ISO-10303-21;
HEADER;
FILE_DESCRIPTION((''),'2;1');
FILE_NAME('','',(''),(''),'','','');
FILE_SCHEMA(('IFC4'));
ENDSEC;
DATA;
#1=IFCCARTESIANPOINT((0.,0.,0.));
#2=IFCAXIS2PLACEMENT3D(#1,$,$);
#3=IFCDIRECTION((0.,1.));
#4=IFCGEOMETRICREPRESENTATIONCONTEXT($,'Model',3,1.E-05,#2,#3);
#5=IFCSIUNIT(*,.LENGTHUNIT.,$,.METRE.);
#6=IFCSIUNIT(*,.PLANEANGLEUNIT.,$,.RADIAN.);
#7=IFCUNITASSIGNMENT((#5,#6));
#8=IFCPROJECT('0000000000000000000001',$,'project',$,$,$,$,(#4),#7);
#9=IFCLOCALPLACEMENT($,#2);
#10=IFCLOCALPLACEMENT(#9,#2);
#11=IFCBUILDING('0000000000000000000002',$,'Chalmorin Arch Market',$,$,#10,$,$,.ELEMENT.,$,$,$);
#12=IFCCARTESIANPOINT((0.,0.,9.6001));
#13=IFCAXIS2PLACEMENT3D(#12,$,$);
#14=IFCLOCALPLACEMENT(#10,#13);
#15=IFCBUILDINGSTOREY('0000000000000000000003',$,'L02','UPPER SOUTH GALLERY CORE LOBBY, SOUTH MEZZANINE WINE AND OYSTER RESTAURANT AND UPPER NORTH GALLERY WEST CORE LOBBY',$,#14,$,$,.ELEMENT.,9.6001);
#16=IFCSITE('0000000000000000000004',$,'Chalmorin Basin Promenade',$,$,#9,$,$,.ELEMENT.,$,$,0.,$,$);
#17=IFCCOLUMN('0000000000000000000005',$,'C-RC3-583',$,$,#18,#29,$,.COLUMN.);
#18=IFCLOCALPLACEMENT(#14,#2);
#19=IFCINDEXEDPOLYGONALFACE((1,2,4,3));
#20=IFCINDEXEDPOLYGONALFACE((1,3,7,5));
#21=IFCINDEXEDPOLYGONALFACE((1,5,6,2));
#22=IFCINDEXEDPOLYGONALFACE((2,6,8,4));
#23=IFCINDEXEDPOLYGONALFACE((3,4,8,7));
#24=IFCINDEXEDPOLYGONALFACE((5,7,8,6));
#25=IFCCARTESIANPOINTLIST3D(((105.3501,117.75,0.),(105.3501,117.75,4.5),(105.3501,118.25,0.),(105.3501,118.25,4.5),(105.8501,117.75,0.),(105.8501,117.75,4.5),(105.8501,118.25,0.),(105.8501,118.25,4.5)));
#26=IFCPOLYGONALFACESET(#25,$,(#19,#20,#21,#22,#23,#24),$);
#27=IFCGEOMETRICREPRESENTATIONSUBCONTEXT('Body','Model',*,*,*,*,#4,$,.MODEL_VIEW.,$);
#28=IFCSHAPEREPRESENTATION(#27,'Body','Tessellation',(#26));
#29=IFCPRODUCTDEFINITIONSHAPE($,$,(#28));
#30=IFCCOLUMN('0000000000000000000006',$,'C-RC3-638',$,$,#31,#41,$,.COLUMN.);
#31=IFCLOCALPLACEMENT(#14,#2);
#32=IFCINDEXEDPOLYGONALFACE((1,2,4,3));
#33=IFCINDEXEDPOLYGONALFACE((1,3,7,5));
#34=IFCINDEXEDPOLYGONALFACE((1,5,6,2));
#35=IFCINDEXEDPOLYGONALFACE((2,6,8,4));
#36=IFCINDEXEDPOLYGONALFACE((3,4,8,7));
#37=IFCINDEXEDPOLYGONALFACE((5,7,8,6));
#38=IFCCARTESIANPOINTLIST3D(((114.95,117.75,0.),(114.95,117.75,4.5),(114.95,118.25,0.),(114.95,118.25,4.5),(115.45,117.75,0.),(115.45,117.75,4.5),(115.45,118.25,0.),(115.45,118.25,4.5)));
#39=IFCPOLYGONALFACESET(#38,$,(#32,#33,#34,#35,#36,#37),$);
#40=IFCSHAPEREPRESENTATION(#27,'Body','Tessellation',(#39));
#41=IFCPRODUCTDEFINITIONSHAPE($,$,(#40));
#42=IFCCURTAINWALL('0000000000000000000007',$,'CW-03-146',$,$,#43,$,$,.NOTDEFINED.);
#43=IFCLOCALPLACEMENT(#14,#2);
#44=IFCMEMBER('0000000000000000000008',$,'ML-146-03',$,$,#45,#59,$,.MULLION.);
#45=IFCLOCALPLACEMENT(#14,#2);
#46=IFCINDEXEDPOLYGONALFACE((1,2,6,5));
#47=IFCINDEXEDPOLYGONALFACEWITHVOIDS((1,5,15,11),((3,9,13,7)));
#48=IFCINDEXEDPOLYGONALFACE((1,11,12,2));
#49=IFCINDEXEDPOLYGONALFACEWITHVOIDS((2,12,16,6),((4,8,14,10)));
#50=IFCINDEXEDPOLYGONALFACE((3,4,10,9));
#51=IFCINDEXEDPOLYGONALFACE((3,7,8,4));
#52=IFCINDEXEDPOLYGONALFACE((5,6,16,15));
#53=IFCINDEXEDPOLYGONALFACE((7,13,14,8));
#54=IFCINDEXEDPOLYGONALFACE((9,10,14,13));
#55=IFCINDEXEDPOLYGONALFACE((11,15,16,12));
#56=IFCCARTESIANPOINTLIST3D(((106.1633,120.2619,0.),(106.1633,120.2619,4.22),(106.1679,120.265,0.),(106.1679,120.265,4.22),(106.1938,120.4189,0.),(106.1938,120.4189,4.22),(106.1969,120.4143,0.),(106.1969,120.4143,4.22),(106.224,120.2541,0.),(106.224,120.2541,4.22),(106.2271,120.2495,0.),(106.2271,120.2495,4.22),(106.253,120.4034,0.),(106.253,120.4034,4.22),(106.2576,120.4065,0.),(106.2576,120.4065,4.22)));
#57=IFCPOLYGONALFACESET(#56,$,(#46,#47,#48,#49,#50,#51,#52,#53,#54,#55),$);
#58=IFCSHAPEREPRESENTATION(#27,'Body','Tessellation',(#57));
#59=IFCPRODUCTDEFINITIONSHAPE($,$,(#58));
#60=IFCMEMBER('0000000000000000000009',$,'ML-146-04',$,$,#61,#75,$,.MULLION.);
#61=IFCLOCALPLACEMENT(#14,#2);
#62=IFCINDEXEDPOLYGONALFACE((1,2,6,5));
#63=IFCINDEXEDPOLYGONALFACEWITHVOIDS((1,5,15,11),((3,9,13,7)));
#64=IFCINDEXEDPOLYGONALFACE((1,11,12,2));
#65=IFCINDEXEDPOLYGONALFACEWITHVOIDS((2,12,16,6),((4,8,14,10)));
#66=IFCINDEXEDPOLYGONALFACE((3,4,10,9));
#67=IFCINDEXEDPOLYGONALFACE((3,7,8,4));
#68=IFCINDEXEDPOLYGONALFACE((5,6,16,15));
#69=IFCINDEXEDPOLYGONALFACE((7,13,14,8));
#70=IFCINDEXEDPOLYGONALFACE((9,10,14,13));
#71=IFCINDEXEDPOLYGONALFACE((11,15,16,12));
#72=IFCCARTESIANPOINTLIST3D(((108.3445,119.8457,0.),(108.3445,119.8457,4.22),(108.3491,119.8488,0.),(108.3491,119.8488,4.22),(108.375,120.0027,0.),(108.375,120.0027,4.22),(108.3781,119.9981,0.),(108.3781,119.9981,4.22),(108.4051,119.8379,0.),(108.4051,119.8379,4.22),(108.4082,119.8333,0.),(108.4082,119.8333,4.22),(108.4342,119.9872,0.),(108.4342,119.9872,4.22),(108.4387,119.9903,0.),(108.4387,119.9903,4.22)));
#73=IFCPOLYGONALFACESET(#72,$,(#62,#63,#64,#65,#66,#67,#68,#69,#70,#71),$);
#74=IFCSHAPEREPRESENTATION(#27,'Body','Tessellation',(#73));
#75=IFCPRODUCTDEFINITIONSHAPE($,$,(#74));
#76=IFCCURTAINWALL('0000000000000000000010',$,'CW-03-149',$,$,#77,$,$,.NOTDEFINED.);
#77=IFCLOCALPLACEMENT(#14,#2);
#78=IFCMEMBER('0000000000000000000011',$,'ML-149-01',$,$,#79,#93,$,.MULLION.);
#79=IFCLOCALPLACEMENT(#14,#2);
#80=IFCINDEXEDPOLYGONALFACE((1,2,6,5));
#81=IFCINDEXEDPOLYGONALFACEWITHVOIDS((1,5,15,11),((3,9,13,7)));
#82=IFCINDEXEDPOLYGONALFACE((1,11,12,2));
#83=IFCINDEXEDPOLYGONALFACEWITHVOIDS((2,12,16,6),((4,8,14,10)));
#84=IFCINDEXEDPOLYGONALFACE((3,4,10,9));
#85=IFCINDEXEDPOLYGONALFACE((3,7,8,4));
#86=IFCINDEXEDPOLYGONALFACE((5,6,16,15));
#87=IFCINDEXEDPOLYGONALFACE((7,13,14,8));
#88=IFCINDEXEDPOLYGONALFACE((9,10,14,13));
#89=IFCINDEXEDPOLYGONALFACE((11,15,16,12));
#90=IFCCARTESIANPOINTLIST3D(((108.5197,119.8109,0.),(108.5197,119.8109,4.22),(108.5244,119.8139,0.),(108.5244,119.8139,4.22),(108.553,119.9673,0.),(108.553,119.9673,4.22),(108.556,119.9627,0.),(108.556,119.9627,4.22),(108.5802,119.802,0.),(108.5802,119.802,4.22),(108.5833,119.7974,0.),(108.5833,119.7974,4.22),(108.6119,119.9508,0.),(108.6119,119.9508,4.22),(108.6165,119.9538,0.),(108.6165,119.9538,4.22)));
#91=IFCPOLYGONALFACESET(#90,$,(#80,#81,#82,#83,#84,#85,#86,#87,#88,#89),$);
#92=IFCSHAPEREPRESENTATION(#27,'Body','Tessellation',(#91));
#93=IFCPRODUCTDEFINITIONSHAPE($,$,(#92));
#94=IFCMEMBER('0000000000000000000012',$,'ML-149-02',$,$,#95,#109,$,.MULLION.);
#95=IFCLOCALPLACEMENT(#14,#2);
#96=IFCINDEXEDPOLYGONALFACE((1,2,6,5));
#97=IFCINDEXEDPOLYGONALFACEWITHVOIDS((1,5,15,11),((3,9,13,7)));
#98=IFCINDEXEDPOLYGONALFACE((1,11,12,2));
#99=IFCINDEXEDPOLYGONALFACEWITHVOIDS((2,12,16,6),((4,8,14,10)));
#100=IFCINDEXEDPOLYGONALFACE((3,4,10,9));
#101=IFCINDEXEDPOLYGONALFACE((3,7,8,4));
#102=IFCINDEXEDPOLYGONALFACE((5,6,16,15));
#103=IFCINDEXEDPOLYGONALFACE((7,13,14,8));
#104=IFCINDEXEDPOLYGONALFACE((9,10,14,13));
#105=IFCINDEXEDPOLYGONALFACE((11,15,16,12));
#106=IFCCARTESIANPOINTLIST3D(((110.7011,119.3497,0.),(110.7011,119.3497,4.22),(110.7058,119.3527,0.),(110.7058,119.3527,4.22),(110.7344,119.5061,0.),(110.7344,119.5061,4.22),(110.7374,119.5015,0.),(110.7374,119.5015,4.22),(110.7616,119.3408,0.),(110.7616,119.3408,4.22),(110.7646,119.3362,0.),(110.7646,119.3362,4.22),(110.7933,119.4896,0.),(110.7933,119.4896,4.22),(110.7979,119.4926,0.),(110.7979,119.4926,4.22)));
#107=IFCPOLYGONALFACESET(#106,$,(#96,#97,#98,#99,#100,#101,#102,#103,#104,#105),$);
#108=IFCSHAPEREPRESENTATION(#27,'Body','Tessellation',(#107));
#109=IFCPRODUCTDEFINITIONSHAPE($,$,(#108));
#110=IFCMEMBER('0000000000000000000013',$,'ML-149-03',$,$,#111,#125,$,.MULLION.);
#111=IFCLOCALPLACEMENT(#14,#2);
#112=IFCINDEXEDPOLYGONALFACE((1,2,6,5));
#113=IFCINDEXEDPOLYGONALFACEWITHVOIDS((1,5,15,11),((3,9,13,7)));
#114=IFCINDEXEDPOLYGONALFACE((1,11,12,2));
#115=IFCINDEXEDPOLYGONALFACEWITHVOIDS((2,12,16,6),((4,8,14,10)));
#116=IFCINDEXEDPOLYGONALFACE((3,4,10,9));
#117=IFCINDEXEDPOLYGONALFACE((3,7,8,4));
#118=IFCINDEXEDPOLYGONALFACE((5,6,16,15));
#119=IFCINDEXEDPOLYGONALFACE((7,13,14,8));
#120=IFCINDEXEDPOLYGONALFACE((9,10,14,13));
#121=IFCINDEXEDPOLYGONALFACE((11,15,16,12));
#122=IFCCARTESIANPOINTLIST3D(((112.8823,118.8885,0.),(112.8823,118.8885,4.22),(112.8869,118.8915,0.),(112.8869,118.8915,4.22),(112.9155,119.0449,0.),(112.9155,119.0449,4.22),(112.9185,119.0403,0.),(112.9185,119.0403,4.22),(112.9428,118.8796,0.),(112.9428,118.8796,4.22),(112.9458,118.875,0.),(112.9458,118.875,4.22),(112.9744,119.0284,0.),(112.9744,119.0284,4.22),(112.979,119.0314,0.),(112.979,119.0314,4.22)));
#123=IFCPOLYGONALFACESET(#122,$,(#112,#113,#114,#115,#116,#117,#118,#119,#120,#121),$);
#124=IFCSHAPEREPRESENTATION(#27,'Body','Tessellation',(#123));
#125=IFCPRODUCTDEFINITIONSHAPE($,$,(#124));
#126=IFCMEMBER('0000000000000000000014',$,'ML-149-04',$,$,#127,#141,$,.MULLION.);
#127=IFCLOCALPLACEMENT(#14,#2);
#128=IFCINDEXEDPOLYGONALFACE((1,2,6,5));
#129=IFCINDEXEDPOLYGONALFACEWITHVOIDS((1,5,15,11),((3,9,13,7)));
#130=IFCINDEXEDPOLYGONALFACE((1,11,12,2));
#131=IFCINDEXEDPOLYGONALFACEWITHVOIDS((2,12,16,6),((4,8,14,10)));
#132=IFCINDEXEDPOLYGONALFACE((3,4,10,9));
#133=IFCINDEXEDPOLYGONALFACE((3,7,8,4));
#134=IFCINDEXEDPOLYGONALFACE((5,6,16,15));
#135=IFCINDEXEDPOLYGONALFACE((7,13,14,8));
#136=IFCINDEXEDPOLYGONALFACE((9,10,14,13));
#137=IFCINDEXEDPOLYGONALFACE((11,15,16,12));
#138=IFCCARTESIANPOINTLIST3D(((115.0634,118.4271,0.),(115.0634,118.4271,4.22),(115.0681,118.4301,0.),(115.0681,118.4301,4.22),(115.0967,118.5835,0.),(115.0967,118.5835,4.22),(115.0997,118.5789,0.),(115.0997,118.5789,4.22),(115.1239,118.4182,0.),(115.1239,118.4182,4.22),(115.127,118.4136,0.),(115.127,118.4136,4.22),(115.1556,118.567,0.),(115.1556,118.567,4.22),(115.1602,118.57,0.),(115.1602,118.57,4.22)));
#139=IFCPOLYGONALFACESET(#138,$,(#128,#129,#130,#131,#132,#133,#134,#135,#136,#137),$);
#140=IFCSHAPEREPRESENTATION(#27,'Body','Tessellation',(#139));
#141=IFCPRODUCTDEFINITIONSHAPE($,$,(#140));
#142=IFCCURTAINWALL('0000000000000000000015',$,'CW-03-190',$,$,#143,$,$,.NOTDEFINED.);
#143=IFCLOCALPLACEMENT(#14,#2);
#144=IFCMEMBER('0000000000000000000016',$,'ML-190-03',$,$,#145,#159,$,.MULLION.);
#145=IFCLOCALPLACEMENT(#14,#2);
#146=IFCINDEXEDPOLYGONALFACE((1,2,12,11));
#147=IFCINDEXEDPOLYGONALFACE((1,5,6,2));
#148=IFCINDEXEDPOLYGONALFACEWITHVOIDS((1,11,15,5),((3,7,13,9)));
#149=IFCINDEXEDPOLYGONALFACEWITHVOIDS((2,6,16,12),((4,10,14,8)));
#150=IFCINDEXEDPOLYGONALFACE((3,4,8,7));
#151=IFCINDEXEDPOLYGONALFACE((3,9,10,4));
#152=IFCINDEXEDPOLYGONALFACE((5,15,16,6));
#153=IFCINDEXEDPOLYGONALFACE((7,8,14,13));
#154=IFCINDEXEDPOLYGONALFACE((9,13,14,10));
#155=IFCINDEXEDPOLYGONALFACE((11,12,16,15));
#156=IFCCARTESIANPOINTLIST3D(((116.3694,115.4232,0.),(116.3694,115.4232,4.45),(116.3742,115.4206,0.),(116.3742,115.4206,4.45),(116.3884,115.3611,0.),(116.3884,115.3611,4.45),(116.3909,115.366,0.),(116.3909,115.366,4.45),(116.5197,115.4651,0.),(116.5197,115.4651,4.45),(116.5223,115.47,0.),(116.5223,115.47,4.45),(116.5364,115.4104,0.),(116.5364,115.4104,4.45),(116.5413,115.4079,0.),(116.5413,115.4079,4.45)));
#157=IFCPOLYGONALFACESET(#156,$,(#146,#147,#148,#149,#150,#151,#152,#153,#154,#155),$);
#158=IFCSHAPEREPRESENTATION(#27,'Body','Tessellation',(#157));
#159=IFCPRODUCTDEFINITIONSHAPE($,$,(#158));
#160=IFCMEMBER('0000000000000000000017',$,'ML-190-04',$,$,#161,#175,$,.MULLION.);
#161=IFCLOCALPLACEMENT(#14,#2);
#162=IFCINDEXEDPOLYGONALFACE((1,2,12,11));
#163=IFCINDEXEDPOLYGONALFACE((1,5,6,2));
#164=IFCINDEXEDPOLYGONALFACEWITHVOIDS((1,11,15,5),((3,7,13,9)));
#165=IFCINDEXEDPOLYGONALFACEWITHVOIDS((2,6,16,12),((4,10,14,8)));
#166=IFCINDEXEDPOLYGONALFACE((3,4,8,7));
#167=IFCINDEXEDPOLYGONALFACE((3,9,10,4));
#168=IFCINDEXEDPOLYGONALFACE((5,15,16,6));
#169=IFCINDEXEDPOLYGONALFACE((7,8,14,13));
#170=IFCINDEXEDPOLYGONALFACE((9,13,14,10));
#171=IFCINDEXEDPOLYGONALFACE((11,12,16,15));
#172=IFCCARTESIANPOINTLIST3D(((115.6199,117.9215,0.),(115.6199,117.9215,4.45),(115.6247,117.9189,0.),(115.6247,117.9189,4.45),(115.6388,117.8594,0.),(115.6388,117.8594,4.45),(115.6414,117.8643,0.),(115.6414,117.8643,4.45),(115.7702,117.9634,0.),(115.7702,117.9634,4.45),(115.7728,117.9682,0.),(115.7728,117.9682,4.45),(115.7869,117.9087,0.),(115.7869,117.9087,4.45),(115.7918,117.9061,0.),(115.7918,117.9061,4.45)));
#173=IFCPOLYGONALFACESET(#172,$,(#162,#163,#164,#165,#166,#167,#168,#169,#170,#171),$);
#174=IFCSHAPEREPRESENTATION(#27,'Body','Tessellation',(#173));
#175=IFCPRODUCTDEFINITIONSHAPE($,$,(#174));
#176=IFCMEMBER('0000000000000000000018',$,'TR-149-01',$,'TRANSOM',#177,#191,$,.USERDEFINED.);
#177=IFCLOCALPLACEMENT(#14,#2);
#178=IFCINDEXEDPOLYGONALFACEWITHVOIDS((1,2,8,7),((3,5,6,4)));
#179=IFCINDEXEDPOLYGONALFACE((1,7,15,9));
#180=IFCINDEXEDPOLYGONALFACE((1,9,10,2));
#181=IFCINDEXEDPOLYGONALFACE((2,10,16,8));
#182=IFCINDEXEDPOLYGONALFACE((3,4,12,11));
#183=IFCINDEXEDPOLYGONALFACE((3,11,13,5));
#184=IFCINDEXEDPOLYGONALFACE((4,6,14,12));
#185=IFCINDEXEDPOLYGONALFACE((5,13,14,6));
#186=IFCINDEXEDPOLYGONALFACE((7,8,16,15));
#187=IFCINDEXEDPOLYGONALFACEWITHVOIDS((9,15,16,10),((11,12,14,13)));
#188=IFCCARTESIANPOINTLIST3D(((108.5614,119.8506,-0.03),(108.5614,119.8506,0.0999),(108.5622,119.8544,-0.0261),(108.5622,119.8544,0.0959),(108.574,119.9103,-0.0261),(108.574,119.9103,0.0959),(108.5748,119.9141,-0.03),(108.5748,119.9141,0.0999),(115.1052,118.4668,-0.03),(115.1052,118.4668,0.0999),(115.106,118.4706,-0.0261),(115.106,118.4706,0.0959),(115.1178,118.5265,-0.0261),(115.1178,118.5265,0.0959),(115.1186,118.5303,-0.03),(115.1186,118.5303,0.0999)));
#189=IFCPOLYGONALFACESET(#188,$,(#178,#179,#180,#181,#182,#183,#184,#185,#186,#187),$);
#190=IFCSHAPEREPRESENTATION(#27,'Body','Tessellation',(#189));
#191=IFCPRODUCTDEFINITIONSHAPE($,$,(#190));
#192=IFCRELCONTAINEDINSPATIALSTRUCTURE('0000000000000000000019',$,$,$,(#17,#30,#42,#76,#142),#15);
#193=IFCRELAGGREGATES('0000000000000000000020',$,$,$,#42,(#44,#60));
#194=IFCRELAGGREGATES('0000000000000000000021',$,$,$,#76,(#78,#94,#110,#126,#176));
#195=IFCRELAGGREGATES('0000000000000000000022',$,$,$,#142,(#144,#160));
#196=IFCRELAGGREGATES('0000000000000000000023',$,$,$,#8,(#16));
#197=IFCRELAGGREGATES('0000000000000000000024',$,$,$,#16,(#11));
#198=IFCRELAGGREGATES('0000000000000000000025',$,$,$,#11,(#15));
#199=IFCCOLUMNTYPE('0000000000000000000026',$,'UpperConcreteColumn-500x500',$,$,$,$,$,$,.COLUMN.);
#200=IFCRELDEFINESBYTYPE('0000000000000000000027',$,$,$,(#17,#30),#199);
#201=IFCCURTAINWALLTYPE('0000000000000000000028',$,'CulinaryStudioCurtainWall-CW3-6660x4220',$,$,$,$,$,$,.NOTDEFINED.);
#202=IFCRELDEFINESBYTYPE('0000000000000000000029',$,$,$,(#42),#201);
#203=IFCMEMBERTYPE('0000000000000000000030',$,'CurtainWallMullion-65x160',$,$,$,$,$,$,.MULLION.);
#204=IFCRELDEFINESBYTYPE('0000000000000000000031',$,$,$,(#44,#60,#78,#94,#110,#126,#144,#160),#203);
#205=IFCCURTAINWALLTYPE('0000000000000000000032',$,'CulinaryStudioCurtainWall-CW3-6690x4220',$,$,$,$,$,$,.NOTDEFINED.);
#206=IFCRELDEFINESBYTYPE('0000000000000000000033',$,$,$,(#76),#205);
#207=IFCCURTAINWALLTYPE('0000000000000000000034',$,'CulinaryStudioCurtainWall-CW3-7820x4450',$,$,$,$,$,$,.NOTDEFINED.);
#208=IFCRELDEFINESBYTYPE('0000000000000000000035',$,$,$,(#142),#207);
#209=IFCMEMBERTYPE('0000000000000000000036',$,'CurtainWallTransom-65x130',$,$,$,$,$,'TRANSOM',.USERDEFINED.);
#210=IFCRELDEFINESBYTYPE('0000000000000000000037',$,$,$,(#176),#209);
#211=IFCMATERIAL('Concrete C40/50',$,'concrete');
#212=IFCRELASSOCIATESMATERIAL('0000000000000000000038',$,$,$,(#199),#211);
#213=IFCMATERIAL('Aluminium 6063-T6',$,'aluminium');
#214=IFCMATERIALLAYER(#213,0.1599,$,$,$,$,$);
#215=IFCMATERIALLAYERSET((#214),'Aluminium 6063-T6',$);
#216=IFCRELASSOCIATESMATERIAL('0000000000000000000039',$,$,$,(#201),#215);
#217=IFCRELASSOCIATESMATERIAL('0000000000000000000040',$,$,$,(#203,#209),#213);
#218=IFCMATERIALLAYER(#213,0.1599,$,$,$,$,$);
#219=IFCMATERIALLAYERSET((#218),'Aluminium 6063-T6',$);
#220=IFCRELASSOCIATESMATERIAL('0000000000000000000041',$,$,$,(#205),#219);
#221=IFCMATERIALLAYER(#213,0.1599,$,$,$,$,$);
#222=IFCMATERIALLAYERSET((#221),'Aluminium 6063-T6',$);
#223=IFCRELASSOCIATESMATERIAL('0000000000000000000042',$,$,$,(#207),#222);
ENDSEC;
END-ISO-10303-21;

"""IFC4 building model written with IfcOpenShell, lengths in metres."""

from ifc_helpers import new_model, si_unit, direction, frame, origin, origin_2d, place, context, subcontext, project, spatial, rectangle, hollow_rectangle, extrude, material, layer, layer_set, material_profile, profile_set, type_object, element, aggregate, save


model = new_model("IFC4")

# Units and contexts
model_context = context("Model", 3, precision=1e-05, world=origin(), true_north=direction((0.0, 1.0)))
body_context = subcontext(model_context, "Body", "Model", "MODEL_VIEW")
ifc_project = project(units=[si_unit("LENGTHUNIT", "METRE"), si_unit("PLANEANGLEUNIT", "RADIAN")], contexts=[model_context])

# Site, building, storey
site_placement = place(None, origin())
site = spatial("IfcSite", under=ifc_project, at=site_placement, Name="Chalmorin Basin Promenade", CompositionType="ELEMENT", RefElevation=0.0)
building_placement = place(site_placement, origin())
building = spatial("IfcBuilding", under=site, at=building_placement, Name="Chalmorin Arch Market", CompositionType="ELEMENT")
storey_placement = place(building_placement, frame((0.0, 0.0, 9.6001)))
storey = spatial("IfcBuildingStorey", under=building, at=storey_placement, Name="L02", Description="UPPER SOUTH GALLERY CORE LOBBY, SOUTH MEZZANINE WINE AND OYSTER RESTAURANT AND UPPER NORTH GALLERY WEST CORE LOBBY", CompositionType="ELEMENT", Elevation=9.6001)

# Columns
ifc_material_1 = material(Name="Concrete C40/50", Category="concrete")
ifc_material_profile_1 = material_profile(ifc_material_1, rectangle(XDim=0.5, YDim=0.5, at=origin_2d()), Name="RC500X500")
ifc_profile_set_1 = profile_set([ifc_material_profile_1], Name="Concrete C40/50")
column_type = type_object("IfcColumnType", Name="UpperConcreteColumn-500x500", PredefinedType="COLUMN", material=ifc_profile_set_1)
for number, where, z_axis, x_axis, name in (
    (1, (105.6001, 118.0, 0.0), (0.0, 0.0, 1.0), (1.0, 0.0, 0.0), "C-RC3-583"),
    (2, (115.2, 118.0, 0.0), (0.0, 0.0, 1.0), (1.0, 0.0, 0.0), "C-RC3-638"),
):
    element("IfcColumn", number, at=place(storey_placement, frame(where, z_axis=z_axis, x_axis=x_axis)), inside=storey, type_object=column_type, Name=name, PredefinedType="COLUMN", context=body_context, shape_type="SweptSolid", body=[
        extrude(rectangle(XDim=0.5, YDim=0.5, at=origin_2d()), origin(), (0.0, 0.0, 1.0), 4.5),
    ])

# Curtain walls, members
ifc_material_2 = material(Name="Aluminium 6063-T6", Category="aluminium")
ifc_layer_1 = layer(ifc_material_2, 0.1599)
ifc_layer_set_1 = layer_set([ifc_layer_1], Name="Aluminium 6063-T6")
curtain_wall_type_1 = type_object("IfcCurtainWallType", Name="CulinaryStudioCurtainWall-CW3-6660x4220", PredefinedType="NOTDEFINED", material=ifc_layer_set_1)
curtain_wall_1_placement = place(storey_placement, origin())
curtain_wall_1 = element("IfcCurtainWall", 3, at=curtain_wall_1_placement, inside=storey, type_object=curtain_wall_type_1, Name="CW-03-146", PredefinedType="NOTDEFINED")
ifc_material_profile_2 = material_profile(ifc_material_2, hollow_rectangle(XDim=0.0649, YDim=0.1599, WallThickness=0.0039, at=origin_2d()), Name="ALU65X160X4")
ifc_profile_set_2 = profile_set([ifc_material_profile_2], Name="Aluminium 6063-T6")
member_type_1 = type_object("IfcMemberType", Name="CurtainWallMullion-65x160", PredefinedType="MULLION", material=ifc_profile_set_2)
member_1_placement = place(storey_placement, frame((106.2104, 120.3342, 0.0), z_axis=(0.0, 0.0, 1.0), x_axis=(0.981627, -0.190809, 0.0)))
member_1 = element("IfcMember", 4, at=member_1_placement, type_object=member_type_1, Name="ML-146-03", PredefinedType="MULLION", context=body_context, shape_type="SweptSolid", body=[
    extrude(hollow_rectangle(XDim=0.0649, YDim=0.1599, WallThickness=0.0039, at=origin_2d()), origin(), (0.0, 0.0, 1.0), 4.22),
])
member_2_placement = place(storey_placement, frame((108.3916, 119.918, 0.0), z_axis=(0.0, 0.0, 1.0), x_axis=(0.981627, -0.190809, 0.0)))
member_2 = element("IfcMember", 5, at=member_2_placement, type_object=member_type_1, Name="ML-146-04", PredefinedType="MULLION", context=body_context, shape_type="SweptSolid", body=[
    extrude(hollow_rectangle(XDim=0.0649, YDim=0.1599, WallThickness=0.0039, at=origin_2d()), origin(), (0.0, 0.0, 1.0), 4.22),
])
ifc_layer_2 = layer(ifc_material_2, 0.1599)
ifc_layer_set_2 = layer_set([ifc_layer_2], Name="Aluminium 6063-T6")
curtain_wall_type_2 = type_object("IfcCurtainWallType", Name="CulinaryStudioCurtainWall-CW3-6690x4220", PredefinedType="NOTDEFINED", material=ifc_layer_set_2)
curtain_wall_2_placement = place(storey_placement, origin())
curtain_wall_2 = element("IfcCurtainWall", 6, at=curtain_wall_2_placement, inside=storey, type_object=curtain_wall_type_2, Name="CW-03-149", PredefinedType="NOTDEFINED")
member_3_placement = place(storey_placement, frame((108.5681, 119.8823, 0.0), z_axis=(0.0, 0.0, 1.0), x_axis=(0.978148, -0.207912, 0.0)))
member_3 = element("IfcMember", 7, at=member_3_placement, type_object=member_type_1, Name="ML-149-01", PredefinedType="MULLION", context=body_context, shape_type="SweptSolid", body=[
    extrude(hollow_rectangle(XDim=0.0649, YDim=0.1599, WallThickness=0.0039, at=origin_2d()), origin(), (0.0, 0.0, 1.0), 4.22),
])
member_4_placement = place(storey_placement, frame((110.7495, 119.4211, 0.0), z_axis=(0.0, 0.0, 1.0), x_axis=(0.978148, -0.207912, 0.0)))
member_4 = element("IfcMember", 8, at=member_4_placement, type_object=member_type_1, Name="ML-149-02", PredefinedType="MULLION", context=body_context, shape_type="SweptSolid", body=[
    extrude(hollow_rectangle(XDim=0.0649, YDim=0.1599, WallThickness=0.0039, at=origin_2d()), origin(), (0.0, 0.0, 1.0), 4.22),
])
member_5_placement = place(storey_placement, frame((112.9307, 118.96, 0.0), z_axis=(0.0, 0.0, 1.0), x_axis=(0.978148, -0.207912, 0.0)))
member_5 = element("IfcMember", 9, at=member_5_placement, type_object=member_type_1, Name="ML-149-03", PredefinedType="MULLION", context=body_context, shape_type="SweptSolid", body=[
    extrude(hollow_rectangle(XDim=0.0649, YDim=0.1599, WallThickness=0.0039, at=origin_2d()), origin(), (0.0, 0.0, 1.0), 4.22),
])
member_6_placement = place(storey_placement, frame((115.1118, 118.4985, 0.0), z_axis=(0.0, 0.0, 1.0), x_axis=(0.978148, -0.207912, 0.0)))
member_6 = element("IfcMember", 10, at=member_6_placement, type_object=member_type_1, Name="ML-149-04", PredefinedType="MULLION", context=body_context, shape_type="SweptSolid", body=[
    extrude(hollow_rectangle(XDim=0.0649, YDim=0.1599, WallThickness=0.0039, at=origin_2d()), origin(), (0.0, 0.0, 1.0), 4.22),
])
ifc_layer_3 = layer(ifc_material_2, 0.1599)
ifc_layer_set_3 = layer_set([ifc_layer_3], Name="Aluminium 6063-T6")
curtain_wall_type_3 = type_object("IfcCurtainWallType", Name="CulinaryStudioCurtainWall-CW3-7820x4450", PredefinedType="NOTDEFINED", material=ifc_layer_set_3)
curtain_wall_3_placement = place(storey_placement, origin())
curtain_wall_3 = element("IfcCurtainWall", 11, at=curtain_wall_3_placement, inside=storey, type_object=curtain_wall_type_3, Name="CW-03-190", PredefinedType="NOTDEFINED")
member_7_placement = place(storey_placement, frame((116.4553, 115.4155, 0.0), z_axis=(0.0, 0.0, 1.0), x_axis=(-0.292372, 0.956305, 0.0)))
member_7 = element("IfcMember", 12, at=member_7_placement, type_object=member_type_1, Name="ML-190-03", PredefinedType="MULLION", context=body_context, shape_type="SweptSolid", body=[
    extrude(hollow_rectangle(XDim=0.0649, YDim=0.1599, WallThickness=0.0039, at=origin_2d()), origin(), (0.0, 0.0, 1.0), 4.45),
])
member_8_placement = place(storey_placement, frame((115.7058, 117.9138, 0.0), z_axis=(0.0, 0.0, 1.0), x_axis=(-0.292372, 0.956305, 0.0)))
member_8 = element("IfcMember", 13, at=member_8_placement, type_object=member_type_1, Name="ML-190-04", PredefinedType="MULLION", context=body_context, shape_type="SweptSolid", body=[
    extrude(hollow_rectangle(XDim=0.0649, YDim=0.1599, WallThickness=0.0039, at=origin_2d()), origin(), (0.0, 0.0, 1.0), 4.45),
])

# Member
ifc_material_profile_3 = material_profile(ifc_material_2, hollow_rectangle(XDim=0.0649, YDim=0.1299, WallThickness=0.0039, at=origin_2d()), Name="ALU65X130X4")
ifc_profile_set_3 = profile_set([ifc_material_profile_3], Name="Aluminium 6063-T6")
member_type_2 = type_object("IfcMemberType", Name="CurtainWallTransom-65x130", ElementType="TRANSOM", PredefinedType="USERDEFINED", material=ifc_profile_set_3)
member_9_placement = place(storey_placement, frame((108.5681, 119.8823, 0.0349), z_axis=(0.978363, -0.206893, 0.0), x_axis=(0.206893, 0.978363, 0.0)))
member_9 = element("IfcMember", 14, at=member_9_placement, type_object=member_type_2, Name="TR-149-01", ObjectType="TRANSOM", PredefinedType="USERDEFINED", context=body_context, shape_type="SweptSolid", body=[
    extrude(hollow_rectangle(XDim=0.0649, YDim=0.1299, WallThickness=0.0039, at=origin_2d()), origin(), (0.0, 0.0, 1.0), 6.6885),
])

aggregate(curtain_wall_1, [member_1, member_2])
aggregate(curtain_wall_2, [member_3, member_4, member_5, member_6, member_9])
aggregate(curtain_wall_3, [member_7, member_8])

save(model, "model.ifc")
